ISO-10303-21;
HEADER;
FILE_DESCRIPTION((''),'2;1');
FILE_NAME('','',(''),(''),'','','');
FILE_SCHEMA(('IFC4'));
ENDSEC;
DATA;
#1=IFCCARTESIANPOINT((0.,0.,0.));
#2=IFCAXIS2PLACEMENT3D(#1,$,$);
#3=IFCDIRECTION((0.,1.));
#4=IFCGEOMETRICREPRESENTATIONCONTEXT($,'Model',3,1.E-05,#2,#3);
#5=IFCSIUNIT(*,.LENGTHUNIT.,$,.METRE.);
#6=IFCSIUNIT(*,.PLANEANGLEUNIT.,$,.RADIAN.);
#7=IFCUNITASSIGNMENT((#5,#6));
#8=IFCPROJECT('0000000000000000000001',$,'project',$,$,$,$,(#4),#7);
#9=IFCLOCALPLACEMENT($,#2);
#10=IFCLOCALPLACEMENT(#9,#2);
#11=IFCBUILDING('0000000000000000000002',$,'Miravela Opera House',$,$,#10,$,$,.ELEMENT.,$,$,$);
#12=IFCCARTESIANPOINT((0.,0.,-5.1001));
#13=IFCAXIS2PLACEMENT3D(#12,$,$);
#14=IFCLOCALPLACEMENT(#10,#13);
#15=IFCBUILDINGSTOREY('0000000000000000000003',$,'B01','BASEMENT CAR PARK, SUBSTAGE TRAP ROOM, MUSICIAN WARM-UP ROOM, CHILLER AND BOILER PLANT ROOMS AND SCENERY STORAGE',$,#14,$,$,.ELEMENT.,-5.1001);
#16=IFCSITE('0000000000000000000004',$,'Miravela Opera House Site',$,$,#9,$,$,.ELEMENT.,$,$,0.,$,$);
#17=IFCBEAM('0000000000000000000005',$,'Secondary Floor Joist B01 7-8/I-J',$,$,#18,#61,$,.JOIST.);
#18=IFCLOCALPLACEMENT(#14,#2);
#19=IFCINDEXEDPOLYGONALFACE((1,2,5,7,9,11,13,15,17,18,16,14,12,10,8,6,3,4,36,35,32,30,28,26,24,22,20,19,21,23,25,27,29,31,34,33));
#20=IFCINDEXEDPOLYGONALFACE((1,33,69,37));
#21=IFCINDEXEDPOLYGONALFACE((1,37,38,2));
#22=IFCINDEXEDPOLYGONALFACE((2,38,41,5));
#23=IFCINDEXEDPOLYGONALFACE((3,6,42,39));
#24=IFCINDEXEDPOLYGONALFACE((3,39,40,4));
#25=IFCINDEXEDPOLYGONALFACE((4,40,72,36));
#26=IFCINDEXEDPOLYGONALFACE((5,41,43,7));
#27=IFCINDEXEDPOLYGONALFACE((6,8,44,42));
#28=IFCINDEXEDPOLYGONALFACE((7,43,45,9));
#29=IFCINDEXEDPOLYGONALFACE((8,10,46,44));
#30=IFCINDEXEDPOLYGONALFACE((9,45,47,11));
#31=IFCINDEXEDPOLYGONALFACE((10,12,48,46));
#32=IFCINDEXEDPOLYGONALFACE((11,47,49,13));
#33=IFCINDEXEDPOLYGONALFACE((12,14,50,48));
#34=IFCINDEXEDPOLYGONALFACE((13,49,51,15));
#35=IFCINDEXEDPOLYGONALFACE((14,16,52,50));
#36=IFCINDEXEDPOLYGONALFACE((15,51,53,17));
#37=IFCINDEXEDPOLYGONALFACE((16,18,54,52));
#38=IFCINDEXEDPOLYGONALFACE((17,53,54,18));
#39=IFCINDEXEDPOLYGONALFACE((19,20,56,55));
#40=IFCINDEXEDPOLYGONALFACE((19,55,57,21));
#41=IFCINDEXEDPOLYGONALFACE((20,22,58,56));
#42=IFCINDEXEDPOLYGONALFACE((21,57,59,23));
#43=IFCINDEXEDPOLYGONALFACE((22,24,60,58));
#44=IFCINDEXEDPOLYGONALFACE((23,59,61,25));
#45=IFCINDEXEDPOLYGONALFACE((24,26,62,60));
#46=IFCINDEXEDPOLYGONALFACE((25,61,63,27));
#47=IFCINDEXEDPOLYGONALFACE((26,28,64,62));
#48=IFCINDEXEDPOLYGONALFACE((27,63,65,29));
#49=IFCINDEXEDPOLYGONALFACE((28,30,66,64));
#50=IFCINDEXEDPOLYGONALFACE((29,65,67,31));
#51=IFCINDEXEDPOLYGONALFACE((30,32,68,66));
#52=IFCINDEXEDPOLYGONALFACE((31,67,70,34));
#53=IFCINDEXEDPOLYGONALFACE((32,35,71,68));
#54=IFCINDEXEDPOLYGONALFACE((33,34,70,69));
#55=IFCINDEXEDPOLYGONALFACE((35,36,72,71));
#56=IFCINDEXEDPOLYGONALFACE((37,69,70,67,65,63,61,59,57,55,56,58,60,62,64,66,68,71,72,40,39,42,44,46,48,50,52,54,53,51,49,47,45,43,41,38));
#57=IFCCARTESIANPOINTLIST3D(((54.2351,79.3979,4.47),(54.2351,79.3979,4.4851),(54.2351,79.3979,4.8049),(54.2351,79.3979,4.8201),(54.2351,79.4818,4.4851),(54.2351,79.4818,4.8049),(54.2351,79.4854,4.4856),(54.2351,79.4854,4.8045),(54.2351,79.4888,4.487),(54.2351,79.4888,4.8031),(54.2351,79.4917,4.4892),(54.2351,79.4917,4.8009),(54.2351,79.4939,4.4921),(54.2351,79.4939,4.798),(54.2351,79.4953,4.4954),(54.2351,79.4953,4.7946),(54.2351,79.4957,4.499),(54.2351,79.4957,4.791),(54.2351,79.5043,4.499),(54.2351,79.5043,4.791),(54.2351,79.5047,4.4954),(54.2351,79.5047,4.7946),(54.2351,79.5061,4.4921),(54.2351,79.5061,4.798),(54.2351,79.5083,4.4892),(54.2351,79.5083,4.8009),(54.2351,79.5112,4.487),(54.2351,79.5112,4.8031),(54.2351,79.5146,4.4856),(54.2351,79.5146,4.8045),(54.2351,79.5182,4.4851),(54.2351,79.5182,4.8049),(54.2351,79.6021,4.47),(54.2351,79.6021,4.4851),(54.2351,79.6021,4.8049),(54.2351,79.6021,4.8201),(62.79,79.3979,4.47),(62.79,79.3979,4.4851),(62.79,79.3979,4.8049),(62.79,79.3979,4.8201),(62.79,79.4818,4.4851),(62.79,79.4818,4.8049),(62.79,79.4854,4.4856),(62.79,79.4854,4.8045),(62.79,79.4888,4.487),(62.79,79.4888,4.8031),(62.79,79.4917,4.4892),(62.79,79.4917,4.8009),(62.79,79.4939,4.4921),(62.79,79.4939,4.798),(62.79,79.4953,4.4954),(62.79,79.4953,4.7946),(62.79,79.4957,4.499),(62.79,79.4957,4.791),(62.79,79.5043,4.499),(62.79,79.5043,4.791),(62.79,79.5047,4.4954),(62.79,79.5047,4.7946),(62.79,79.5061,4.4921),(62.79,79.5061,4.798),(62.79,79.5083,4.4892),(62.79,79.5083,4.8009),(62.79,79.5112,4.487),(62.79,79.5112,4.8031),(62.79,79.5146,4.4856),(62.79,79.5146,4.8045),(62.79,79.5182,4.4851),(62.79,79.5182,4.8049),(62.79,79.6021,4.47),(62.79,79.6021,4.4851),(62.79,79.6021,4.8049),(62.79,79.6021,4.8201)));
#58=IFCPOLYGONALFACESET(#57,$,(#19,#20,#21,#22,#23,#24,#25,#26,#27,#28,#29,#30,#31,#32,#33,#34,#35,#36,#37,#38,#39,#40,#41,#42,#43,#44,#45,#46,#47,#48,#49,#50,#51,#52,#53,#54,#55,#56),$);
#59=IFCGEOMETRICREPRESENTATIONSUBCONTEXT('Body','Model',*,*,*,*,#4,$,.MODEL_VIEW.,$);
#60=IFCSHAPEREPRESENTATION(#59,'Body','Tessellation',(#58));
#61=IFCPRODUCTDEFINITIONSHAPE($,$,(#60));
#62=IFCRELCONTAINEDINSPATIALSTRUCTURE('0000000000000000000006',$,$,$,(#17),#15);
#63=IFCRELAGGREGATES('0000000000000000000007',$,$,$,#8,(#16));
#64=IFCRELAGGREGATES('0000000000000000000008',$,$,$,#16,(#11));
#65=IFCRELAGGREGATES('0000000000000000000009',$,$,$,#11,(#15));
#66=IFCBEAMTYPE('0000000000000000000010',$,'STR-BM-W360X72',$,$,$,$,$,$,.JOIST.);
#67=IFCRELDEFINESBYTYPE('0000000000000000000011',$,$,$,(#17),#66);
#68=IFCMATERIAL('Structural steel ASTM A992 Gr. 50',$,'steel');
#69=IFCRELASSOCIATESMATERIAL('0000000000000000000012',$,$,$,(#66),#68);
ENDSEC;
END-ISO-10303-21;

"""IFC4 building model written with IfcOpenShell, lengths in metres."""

from ifc_helpers import new_model, si_unit, direction, frame, origin, origin_2d, place, context, subcontext, project, spatial, i_section, extrude, material, material_profile, profile_set, type_object, element, save


model = new_model("IFC4")

# Units and contexts
model_context = context("Model", 3, precision=1e-05, world=origin(), true_north=direction((0.0, 1.0)))
body_context = subcontext(model_context, "Body", "Model", "MODEL_VIEW")
ifc_project = project(units=[si_unit("LENGTHUNIT", "METRE"), si_unit("PLANEANGLEUNIT", "RADIAN")], contexts=[model_context])

# Site, building, storey
site_placement = place(None, origin())
site = spatial("IfcSite", under=ifc_project, at=site_placement, Name="Miravela Opera House Site", CompositionType="ELEMENT", RefElevation=0.0)
building_placement = place(site_placement, origin())
building = spatial("IfcBuilding", under=site, at=building_placement, Name="Miravela Opera House", CompositionType="ELEMENT")
storey_placement = place(building_placement, frame((0.0, 0.0, -5.1001)))
storey = spatial("IfcBuildingStorey", under=building, at=storey_placement, Name="B01", Description="BASEMENT CAR PARK, SUBSTAGE TRAP ROOM, MUSICIAN WARM-UP ROOM, CHILLER AND BOILER PLANT ROOMS AND SCENERY STORAGE", CompositionType="ELEMENT", Elevation=-5.1001)

# Beam
ifc_material_1 = material(Name="Structural steel ASTM A992 Gr. 50", Category="steel")
ifc_material_profile_1 = material_profile(ifc_material_1, i_section(OverallWidth=0.2041, OverallDepth=0.3501, WebThickness=0.0085, FlangeThickness=0.0151, FilletRadius=0.0139, at=origin_2d()), Name="W360X72")
ifc_profile_set_1 = profile_set([ifc_material_profile_1])
beam_type_1 = type_object("IfcBeamType", Name="STR-BM-W360X72", PredefinedType="JOIST", material=ifc_profile_set_1)
beam_1_placement = place(storey_placement, frame((54.2351, 79.5, 4.645), z_axis=(1.0, 0.0, 0.0), x_axis=(0.0, 1.0, 0.0)))
element("IfcBeam", 1, at=beam_1_placement, inside=storey, type_object=beam_type_1, Name="Secondary Floor Joist B01 7-8/I-J", PredefinedType="JOIST", context=body_context, shape_type="SweptSolid", body=[
    extrude(i_section(OverallWidth=0.2041, OverallDepth=0.3501, WebThickness=0.0085, FlangeThickness=0.0151, FilletRadius=0.0139, at=origin_2d()), origin(), (0.0, 0.0, 1.0), 8.5549),
])

save(model, "model.ifc")
